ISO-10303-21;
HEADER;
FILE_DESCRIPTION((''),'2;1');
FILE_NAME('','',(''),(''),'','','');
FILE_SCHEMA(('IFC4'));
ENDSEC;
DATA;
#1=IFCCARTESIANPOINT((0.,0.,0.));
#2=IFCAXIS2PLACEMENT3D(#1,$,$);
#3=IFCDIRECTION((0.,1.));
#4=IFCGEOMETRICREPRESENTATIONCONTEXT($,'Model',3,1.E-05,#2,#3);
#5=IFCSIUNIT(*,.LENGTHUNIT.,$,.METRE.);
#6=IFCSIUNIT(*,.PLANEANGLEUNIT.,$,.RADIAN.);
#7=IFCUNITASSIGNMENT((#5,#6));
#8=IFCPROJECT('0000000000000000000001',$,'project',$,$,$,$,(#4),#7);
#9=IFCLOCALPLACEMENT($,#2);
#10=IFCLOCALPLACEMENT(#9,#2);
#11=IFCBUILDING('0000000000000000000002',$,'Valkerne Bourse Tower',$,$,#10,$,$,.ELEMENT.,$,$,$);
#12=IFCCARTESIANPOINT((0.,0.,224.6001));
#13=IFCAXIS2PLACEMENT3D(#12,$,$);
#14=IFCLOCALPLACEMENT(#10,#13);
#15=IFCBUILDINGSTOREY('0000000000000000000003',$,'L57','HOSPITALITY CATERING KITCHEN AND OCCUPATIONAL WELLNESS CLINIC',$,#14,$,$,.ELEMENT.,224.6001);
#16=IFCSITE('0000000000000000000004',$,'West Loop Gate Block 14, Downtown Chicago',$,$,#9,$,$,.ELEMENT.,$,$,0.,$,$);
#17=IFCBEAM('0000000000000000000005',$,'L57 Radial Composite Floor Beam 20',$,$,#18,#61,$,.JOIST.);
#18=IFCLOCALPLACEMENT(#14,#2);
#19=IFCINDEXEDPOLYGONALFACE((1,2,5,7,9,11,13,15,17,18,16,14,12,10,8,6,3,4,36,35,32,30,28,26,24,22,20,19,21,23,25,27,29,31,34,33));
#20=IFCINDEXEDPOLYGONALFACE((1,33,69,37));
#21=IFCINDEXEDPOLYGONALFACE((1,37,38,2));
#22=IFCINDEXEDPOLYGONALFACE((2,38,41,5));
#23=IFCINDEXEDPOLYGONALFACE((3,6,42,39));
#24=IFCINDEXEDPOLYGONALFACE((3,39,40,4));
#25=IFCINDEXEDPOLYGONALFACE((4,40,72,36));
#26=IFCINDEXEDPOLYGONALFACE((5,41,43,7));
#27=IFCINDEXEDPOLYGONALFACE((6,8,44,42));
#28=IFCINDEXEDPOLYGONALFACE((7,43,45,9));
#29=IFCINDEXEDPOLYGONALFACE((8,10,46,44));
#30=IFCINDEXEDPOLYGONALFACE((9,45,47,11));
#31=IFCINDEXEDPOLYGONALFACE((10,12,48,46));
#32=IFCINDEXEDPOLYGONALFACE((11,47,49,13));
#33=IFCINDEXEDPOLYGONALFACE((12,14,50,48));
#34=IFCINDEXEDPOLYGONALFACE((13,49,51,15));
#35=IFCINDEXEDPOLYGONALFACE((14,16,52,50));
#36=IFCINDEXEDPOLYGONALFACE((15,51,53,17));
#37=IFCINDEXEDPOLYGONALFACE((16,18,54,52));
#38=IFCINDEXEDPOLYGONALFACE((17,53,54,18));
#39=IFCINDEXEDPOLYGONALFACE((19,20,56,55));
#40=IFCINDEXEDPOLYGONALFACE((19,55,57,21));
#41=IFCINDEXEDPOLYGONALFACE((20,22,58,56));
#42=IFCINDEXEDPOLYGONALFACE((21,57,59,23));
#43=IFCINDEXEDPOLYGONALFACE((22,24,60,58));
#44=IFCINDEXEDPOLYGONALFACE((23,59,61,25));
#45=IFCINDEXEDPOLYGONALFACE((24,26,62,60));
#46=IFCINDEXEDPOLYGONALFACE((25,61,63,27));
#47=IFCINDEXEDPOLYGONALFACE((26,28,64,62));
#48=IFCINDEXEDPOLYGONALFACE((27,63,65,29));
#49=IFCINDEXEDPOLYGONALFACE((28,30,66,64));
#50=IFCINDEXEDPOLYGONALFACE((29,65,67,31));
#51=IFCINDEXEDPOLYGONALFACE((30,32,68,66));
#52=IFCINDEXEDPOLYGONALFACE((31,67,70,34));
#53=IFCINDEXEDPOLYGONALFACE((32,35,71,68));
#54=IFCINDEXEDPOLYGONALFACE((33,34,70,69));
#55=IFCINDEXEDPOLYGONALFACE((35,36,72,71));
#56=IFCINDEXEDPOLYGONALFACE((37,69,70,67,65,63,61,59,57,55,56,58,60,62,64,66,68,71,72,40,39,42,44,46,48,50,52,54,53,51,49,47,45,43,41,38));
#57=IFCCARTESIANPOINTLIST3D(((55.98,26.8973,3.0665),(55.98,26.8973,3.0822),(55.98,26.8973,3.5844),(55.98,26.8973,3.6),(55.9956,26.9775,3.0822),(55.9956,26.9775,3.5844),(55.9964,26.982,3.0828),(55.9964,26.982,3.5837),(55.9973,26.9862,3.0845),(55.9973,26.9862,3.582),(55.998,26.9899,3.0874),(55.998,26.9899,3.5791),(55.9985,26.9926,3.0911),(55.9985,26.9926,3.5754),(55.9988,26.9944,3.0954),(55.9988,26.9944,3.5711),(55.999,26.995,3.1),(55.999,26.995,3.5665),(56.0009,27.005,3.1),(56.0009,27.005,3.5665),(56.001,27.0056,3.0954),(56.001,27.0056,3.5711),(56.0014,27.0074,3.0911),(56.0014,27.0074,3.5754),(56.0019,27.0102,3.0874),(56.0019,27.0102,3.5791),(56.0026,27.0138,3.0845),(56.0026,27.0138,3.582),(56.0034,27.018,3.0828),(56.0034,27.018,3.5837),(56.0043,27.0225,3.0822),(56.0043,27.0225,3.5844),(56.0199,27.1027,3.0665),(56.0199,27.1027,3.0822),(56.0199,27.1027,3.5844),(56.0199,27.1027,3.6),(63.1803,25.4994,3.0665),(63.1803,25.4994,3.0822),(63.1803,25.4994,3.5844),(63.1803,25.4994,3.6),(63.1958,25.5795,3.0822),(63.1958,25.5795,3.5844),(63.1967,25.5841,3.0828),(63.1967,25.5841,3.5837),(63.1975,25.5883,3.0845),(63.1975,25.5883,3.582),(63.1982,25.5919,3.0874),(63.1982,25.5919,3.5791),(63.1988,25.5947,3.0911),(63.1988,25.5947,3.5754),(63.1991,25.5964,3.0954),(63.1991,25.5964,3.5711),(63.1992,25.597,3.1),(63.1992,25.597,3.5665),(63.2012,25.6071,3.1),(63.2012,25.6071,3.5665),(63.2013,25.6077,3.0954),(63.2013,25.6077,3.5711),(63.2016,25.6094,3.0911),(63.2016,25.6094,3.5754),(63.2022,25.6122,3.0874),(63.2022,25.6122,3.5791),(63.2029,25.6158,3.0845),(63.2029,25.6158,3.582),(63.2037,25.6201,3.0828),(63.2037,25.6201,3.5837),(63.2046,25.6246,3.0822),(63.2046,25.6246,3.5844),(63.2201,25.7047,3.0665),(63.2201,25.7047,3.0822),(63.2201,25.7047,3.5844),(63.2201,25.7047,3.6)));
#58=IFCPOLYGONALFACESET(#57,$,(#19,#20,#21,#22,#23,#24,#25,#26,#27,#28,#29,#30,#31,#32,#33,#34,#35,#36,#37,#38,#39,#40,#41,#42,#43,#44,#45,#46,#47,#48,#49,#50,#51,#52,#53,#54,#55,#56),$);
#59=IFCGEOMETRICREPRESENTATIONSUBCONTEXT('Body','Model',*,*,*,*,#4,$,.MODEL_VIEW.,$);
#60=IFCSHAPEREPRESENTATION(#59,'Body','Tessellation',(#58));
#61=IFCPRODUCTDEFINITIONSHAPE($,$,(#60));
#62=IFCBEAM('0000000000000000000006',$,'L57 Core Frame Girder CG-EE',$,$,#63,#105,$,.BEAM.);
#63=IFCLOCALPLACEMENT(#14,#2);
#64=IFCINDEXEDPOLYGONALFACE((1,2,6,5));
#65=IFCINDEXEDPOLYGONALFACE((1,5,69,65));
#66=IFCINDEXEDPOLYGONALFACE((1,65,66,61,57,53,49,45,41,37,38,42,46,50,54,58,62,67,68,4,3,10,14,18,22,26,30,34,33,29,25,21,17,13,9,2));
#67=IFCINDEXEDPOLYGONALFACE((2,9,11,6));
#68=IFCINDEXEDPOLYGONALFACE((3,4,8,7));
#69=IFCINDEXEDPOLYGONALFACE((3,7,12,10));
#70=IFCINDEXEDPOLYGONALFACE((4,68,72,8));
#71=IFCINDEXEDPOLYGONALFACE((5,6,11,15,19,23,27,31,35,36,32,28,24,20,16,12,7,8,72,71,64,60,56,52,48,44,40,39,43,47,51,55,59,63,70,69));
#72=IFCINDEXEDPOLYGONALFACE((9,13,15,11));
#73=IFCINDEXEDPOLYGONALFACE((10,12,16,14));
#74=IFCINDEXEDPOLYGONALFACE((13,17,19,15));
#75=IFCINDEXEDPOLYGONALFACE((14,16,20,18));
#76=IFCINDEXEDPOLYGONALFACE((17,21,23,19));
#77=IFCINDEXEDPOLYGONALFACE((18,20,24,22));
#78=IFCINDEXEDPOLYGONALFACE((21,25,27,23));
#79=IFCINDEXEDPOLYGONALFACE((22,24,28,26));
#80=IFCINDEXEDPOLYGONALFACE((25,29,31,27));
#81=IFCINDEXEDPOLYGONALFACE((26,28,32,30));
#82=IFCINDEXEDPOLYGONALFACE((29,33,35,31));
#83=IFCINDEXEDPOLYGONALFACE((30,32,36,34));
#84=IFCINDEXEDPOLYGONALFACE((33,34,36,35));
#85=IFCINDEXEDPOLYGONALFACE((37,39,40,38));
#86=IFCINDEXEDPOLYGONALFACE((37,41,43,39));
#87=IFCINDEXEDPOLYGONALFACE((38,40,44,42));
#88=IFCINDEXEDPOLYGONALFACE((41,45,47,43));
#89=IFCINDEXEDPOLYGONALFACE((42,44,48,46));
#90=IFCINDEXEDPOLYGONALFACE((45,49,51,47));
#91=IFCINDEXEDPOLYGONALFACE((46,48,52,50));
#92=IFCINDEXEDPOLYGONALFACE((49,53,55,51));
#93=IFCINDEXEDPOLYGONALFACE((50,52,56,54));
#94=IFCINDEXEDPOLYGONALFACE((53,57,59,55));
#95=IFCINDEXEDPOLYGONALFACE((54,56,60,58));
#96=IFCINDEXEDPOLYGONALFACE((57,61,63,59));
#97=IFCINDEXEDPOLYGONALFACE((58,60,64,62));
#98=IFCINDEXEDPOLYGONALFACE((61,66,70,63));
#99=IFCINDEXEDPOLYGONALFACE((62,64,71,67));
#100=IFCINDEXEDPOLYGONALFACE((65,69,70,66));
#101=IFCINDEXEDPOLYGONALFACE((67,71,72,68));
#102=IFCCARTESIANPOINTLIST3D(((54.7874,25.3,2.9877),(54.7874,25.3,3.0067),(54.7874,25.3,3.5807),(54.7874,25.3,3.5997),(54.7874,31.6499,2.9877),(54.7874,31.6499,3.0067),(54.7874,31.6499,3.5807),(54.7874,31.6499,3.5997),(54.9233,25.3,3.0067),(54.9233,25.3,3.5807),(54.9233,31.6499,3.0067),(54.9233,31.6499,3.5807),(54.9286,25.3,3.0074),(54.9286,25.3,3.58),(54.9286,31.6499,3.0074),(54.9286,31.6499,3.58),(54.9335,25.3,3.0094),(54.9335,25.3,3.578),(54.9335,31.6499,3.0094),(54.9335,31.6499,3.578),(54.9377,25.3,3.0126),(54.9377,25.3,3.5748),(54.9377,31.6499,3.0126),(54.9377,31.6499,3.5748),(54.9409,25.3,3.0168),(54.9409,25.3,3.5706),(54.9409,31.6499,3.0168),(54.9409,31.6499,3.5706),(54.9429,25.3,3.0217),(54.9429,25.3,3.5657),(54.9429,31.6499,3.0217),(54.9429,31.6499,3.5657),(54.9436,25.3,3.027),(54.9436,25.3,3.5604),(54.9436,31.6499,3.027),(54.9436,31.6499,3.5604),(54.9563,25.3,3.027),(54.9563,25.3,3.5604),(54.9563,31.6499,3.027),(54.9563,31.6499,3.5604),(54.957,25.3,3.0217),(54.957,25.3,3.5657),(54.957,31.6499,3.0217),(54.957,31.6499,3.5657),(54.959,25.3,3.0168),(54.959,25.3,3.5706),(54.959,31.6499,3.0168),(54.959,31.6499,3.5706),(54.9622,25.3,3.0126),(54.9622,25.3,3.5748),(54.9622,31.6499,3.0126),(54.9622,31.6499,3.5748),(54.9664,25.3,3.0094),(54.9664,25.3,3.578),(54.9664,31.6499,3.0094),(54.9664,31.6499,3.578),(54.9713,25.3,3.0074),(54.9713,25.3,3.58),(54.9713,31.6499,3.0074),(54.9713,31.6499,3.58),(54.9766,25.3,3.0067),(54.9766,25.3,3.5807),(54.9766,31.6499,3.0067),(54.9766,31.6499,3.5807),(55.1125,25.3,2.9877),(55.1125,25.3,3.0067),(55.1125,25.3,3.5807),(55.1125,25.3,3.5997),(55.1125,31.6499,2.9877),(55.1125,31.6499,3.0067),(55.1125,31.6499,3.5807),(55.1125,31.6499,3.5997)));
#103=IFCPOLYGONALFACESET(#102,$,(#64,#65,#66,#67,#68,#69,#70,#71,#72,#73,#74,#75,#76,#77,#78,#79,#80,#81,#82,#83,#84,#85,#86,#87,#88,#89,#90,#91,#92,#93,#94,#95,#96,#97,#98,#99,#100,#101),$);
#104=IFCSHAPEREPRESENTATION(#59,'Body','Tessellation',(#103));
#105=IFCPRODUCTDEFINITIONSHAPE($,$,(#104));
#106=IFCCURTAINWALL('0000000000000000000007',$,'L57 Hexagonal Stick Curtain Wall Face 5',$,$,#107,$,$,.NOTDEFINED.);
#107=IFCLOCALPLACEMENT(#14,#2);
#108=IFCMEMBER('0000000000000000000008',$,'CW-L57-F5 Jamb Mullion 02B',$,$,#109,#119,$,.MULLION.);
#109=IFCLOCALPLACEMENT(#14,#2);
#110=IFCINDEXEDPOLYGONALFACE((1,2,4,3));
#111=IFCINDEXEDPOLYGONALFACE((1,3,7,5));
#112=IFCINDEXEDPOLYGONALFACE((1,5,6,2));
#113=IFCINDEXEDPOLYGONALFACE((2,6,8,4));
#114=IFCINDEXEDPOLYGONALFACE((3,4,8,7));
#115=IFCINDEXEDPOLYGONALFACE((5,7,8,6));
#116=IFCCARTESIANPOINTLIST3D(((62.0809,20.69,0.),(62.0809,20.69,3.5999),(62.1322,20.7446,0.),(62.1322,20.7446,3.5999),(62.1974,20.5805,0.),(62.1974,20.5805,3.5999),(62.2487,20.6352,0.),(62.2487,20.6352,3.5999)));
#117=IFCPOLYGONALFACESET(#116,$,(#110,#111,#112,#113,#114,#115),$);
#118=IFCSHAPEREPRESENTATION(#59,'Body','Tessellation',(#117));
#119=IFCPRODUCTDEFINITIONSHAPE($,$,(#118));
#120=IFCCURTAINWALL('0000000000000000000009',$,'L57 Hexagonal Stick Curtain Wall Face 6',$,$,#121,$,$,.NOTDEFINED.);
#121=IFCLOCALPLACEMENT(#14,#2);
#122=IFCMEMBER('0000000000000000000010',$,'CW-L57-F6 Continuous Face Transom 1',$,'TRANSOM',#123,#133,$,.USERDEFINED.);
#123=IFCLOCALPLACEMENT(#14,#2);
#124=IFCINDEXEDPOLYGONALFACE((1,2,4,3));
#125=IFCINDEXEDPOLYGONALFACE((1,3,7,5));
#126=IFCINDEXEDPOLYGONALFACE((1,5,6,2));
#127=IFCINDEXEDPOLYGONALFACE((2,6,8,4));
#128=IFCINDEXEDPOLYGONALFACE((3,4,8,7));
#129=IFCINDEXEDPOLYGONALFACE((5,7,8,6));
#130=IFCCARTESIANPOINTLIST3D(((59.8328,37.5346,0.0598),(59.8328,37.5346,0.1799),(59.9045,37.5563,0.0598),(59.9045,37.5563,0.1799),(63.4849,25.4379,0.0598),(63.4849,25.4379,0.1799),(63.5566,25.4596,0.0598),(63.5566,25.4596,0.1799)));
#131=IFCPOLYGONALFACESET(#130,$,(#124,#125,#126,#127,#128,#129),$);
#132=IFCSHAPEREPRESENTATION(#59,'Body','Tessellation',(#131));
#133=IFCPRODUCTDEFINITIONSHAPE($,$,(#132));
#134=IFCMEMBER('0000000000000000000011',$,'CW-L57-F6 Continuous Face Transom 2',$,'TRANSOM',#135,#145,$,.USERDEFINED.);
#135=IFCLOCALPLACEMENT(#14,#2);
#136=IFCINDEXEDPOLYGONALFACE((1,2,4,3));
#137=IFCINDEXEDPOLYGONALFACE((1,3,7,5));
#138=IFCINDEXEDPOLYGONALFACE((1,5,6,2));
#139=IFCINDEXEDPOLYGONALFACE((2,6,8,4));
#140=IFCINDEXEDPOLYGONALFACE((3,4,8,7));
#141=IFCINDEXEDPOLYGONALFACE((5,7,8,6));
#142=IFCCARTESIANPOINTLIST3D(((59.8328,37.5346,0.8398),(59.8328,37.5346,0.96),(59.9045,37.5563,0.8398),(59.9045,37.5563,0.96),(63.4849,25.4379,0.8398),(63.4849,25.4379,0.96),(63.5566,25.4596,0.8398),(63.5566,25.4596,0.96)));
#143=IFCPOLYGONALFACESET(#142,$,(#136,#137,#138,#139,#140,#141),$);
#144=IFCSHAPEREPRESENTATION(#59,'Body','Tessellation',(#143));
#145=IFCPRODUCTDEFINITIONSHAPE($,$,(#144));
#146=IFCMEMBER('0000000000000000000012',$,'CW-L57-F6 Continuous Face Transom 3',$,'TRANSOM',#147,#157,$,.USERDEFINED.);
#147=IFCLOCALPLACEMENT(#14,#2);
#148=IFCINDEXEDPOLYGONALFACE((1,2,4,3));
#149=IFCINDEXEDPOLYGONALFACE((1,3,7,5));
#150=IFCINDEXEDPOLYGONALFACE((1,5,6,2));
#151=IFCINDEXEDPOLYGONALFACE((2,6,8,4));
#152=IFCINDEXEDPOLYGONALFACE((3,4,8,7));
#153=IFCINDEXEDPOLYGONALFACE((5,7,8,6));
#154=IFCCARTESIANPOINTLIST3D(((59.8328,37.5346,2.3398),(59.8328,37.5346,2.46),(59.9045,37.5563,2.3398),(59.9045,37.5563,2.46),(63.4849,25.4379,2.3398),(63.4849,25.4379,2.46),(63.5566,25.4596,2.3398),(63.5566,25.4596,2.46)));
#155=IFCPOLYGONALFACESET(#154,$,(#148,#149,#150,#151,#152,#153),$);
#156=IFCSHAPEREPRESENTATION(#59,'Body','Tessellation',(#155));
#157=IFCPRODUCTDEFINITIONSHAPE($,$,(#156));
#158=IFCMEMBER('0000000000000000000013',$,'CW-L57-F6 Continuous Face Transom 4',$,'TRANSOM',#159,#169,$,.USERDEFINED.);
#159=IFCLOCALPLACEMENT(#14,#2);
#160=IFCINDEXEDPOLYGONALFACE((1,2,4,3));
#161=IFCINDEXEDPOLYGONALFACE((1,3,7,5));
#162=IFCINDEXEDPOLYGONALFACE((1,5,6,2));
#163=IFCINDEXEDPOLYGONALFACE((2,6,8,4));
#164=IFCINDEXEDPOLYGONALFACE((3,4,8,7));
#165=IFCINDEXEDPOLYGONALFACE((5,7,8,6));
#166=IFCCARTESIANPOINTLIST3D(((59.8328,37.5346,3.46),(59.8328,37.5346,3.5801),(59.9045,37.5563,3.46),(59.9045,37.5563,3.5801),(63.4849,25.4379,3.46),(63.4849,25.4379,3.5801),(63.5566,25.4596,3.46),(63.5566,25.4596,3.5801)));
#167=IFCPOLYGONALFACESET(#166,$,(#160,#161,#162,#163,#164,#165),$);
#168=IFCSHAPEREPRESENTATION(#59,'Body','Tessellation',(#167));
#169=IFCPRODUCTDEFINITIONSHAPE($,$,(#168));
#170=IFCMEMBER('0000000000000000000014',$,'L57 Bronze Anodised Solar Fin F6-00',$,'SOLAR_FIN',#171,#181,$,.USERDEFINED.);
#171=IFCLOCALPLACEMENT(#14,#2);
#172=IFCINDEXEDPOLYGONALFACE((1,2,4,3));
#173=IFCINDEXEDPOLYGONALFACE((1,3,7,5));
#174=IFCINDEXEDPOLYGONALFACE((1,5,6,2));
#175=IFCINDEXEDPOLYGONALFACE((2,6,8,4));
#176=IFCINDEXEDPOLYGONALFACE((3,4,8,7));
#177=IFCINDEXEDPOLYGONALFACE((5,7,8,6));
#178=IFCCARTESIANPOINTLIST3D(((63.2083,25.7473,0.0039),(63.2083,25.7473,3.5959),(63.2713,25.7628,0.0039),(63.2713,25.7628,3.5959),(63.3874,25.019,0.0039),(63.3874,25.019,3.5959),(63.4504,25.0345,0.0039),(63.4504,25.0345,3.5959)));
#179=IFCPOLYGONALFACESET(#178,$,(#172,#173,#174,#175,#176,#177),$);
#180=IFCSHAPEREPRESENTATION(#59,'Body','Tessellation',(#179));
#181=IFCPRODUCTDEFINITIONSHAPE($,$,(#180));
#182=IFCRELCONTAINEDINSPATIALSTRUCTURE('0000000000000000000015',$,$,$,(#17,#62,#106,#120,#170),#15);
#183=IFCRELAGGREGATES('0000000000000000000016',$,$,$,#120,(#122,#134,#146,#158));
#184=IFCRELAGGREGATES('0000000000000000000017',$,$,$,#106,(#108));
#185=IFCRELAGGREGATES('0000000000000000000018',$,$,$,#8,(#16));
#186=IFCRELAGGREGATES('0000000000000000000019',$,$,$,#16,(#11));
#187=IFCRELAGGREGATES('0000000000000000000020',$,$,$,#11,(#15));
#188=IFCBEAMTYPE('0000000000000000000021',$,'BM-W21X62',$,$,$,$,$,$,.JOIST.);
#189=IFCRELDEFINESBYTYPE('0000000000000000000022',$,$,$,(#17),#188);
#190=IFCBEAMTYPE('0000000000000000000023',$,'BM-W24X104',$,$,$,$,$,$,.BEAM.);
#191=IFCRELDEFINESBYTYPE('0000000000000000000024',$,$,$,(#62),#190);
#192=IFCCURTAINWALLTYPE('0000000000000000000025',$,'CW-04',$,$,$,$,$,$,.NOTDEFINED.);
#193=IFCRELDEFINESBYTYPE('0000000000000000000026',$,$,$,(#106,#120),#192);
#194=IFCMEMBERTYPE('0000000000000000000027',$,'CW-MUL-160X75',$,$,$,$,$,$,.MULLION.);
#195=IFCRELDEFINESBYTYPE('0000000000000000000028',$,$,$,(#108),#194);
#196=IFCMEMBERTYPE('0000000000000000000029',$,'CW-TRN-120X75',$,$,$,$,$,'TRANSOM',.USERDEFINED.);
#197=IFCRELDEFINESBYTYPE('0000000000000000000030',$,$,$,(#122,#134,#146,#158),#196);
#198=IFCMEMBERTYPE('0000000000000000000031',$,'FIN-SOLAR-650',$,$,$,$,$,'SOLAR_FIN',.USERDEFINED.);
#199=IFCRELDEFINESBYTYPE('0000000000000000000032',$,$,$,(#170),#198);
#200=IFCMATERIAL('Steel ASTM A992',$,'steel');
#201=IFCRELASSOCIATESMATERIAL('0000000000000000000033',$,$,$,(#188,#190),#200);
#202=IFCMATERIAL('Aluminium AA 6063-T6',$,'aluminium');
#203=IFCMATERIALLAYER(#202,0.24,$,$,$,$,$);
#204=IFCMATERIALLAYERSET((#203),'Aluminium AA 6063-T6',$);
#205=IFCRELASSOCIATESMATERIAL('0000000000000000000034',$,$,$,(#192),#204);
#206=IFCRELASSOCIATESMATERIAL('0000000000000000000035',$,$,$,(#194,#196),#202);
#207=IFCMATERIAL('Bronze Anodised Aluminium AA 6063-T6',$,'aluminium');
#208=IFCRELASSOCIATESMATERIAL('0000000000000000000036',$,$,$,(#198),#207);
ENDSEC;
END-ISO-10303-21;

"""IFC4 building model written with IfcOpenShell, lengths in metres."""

from ifc_helpers import new_model, si_unit, direction, frame, origin, origin_2d, place, context, subcontext, project, spatial, rectangle, i_section, extrude, material, layer, layer_set, material_profile, profile_set, type_object, element, aggregate, save


model = new_model("IFC4")

# Units and contexts
model_context = context("Model", 3, precision=1e-05, world=origin(), true_north=direction((0.0, 1.0)))
body_context = subcontext(model_context, "Body", "Model", "MODEL_VIEW")
ifc_project = project(units=[si_unit("LENGTHUNIT", "METRE"), si_unit("PLANEANGLEUNIT", "RADIAN")], contexts=[model_context])

# Site, building, storey
site_placement = place(None, origin())
site = spatial("IfcSite", under=ifc_project, at=site_placement, Name="West Loop Gate Block 14, Downtown Chicago", CompositionType="ELEMENT", RefElevation=0.0)
building_placement = place(site_placement, origin())
building = spatial("IfcBuilding", under=site, at=building_placement, Name="Valkerne Bourse Tower", CompositionType="ELEMENT")
storey_placement = place(building_placement, frame((0.0, 0.0, 224.6001)))
storey = spatial("IfcBuildingStorey", under=building, at=storey_placement, Name="L57", Description="HOSPITALITY CATERING KITCHEN AND OCCUPATIONAL WELLNESS CLINIC", CompositionType="ELEMENT", Elevation=224.6001)

# Beams
ifc_material_1 = material(Name="Steel ASTM A992", Category="steel")
ifc_material_profile_1 = material_profile(ifc_material_1, i_section(OverallWidth=0.2092, OverallDepth=0.5334, WebThickness=0.0103, FlangeThickness=0.0156, FilletRadius=0.0178, at=origin_2d()), Name="W21X62")
ifc_profile_set_1 = profile_set([ifc_material_profile_1], Name="Steel ASTM A992")
beam_type_1 = type_object("IfcBeamType", Name="BM-W21X62", PredefinedType="JOIST", material=ifc_profile_set_1)
beam_1_placement = place(storey_placement, frame((63.2002, 25.6021, 3.3333), z_axis=(-0.981669, 0.190595, 0.0), x_axis=(-0.190595, -0.981669, 0.0)))
element("IfcBeam", 1, at=beam_1_placement, inside=storey, type_object=beam_type_1, Name="L57 Radial Composite Floor Beam 20", PredefinedType="JOIST", context=body_context, shape_type="SweptSolid", body=[
    extrude(i_section(OverallWidth=0.2092, OverallDepth=0.5334, WebThickness=0.0103, FlangeThickness=0.0156, FilletRadius=0.0178, at=origin_2d()), origin(), (0.0, 0.0, 1.0), 7.3347),
])
ifc_material_profile_2 = material_profile(ifc_material_1, i_section(OverallWidth=0.3252, OverallDepth=0.6121, WebThickness=0.0127, FlangeThickness=0.019, FilletRadius=0.0203, at=origin_2d()), Name="W24X104")
ifc_profile_set_2 = profile_set([ifc_material_profile_2], Name="Steel ASTM A992")
beam_type_2 = type_object("IfcBeamType", Name="BM-W24X104", PredefinedType="BEAM", material=ifc_profile_set_2)
beam_2_placement = place(storey_placement, frame((54.95, 25.3, 3.2937), z_axis=(0.0, 1.0, 0.0), x_axis=(-1.0, 0.0, 0.0)))
element("IfcBeam", 2, at=beam_2_placement, inside=storey, type_object=beam_type_2, Name="L57 Core Frame Girder CG-EE", PredefinedType="BEAM", context=body_context, shape_type="SweptSolid", body=[
    extrude(i_section(OverallWidth=0.3252, OverallDepth=0.6121, WebThickness=0.0127, FlangeThickness=0.019, FilletRadius=0.0203, at=origin_2d()), origin(), (0.0, 0.0, 1.0), 6.3499),
])

# Curtain wall, member
ifc_material_2 = material(Name="Aluminium AA 6063-T6", Category="aluminium")
ifc_layer_1 = layer(ifc_material_2, 0.24)
ifc_layer_set_1 = layer_set([ifc_layer_1], Name="Aluminium AA 6063-T6")
curtain_wall_type = type_object("IfcCurtainWallType", Name="CW-04", PredefinedType="NOTDEFINED", material=ifc_layer_set_1)
curtain_wall_1_placement = place(storey_placement, origin())
curtain_wall_1 = element("IfcCurtainWall", 3, at=curtain_wall_1_placement, inside=storey, type_object=curtain_wall_type, Name="L57 Hexagonal Stick Curtain Wall Face 5", PredefinedType="NOTDEFINED")
ifc_material_profile_3 = material_profile(ifc_material_2, rectangle(XDim=0.075, YDim=0.1599, at=origin_2d()), Name="CWM-75X160")
ifc_profile_set_3 = profile_set([ifc_material_profile_3], Name="Aluminium AA 6063-T6")
member_type_1 = type_object("IfcMemberType", Name="CW-MUL-160X75", PredefinedType="MULLION", material=ifc_profile_set_3)
member_1_placement = place(storey_placement, frame((62.1648, 20.6626, 0.0), z_axis=(0.0, 0.0, 1.0), x_axis=(0.684547, 0.728968, 0.0)))
member_1 = element("IfcMember", 4, at=member_1_placement, type_object=member_type_1, Name="CW-L57-F5 Jamb Mullion 02B", PredefinedType="MULLION", context=body_context, shape_type="SweptSolid", body=[
    extrude(rectangle(XDim=0.075, YDim=0.1599, at=origin_2d()), origin(), (0.0, 0.0, 1.0), 3.5999),
])

# Curtain wall, members
curtain_wall_2_placement = place(storey_placement, origin())
curtain_wall_2 = element("IfcCurtainWall", 5, at=curtain_wall_2_placement, inside=storey, type_object=curtain_wall_type, Name="L57 Hexagonal Stick Curtain Wall Face 6", PredefinedType="NOTDEFINED")
ifc_material_profile_4 = material_profile(ifc_material_2, rectangle(XDim=0.075, YDim=0.1201, at=origin_2d()), Name="CWT-75X120")
ifc_profile_set_4 = profile_set([ifc_material_profile_4], Name="Aluminium AA 6063-T6")
member_type_2 = type_object("IfcMemberType", Name="CW-TRN-120X75", ElementType="TRANSOM", PredefinedType="USERDEFINED", material=ifc_profile_set_4)
member_2_placement = place(storey_placement, frame((63.5208, 25.4487, 0.1199), z_axis=(-0.289024, 0.957322, 0.0), x_axis=(-0.957322, -0.289024, 0.0)))
member_2 = element("IfcMember", 6, at=member_2_placement, type_object=member_type_2, Name="CW-L57-F6 Continuous Face Transom 1", ObjectType="TRANSOM", PredefinedType="USERDEFINED", context=body_context, shape_type="SweptSolid", body=[
    extrude(rectangle(XDim=0.075, YDim=0.1201, at=origin_2d()), origin(), (0.0, 0.0, 1.0), 12.636),
])
member_3_placement = place(storey_placement, frame((63.5208, 25.4487, 0.8999), z_axis=(-0.289024, 0.957322, 0.0), x_axis=(-0.957322, -0.289024, 0.0)))
member_3 = element("IfcMember", 7, at=member_3_placement, type_object=member_type_2, Name="CW-L57-F6 Continuous Face Transom 2", ObjectType="TRANSOM", PredefinedType="USERDEFINED", context=body_context, shape_type="SweptSolid", body=[
    extrude(rectangle(XDim=0.075, YDim=0.1201, at=origin_2d()), origin(), (0.0, 0.0, 1.0), 12.636),
])
member_4_placement = place(storey_placement, frame((63.5208, 25.4487, 2.3999), z_axis=(-0.289024, 0.957322, 0.0), x_axis=(-0.957322, -0.289024, 0.0)))
member_4 = element("IfcMember", 8, at=member_4_placement, type_object=member_type_2, Name="CW-L57-F6 Continuous Face Transom 3", ObjectType="TRANSOM", PredefinedType="USERDEFINED", context=body_context, shape_type="SweptSolid", body=[
    extrude(rectangle(XDim=0.075, YDim=0.1201, at=origin_2d()), origin(), (0.0, 0.0, 1.0), 12.636),
])
member_5_placement = place(storey_placement, frame((63.5208, 25.4487, 3.52), z_axis=(-0.289024, 0.957322, 0.0), x_axis=(-0.957322, -0.289024, 0.0)))
member_5 = element("IfcMember", 9, at=member_5_placement, type_object=member_type_2, Name="CW-L57-F6 Continuous Face Transom 4", ObjectType="TRANSOM", PredefinedType="USERDEFINED", context=body_context, shape_type="SweptSolid", body=[
    extrude(rectangle(XDim=0.075, YDim=0.1201, at=origin_2d()), origin(), (0.0, 0.0, 1.0), 12.636),
])
aggregate(curtain_wall_2, [member_2, member_3, member_4, member_5])

# Member
ifc_material_3 = material(Name="Bronze Anodised Aluminium AA 6063-T6", Category="aluminium")
ifc_material_profile_5 = material_profile(ifc_material_3, rectangle(XDim=0.0649, YDim=0.75, at=origin_2d()), Name="FIN-65X750")
ifc_profile_set_5 = profile_set([ifc_material_profile_5], Name="Bronze Anodised Aluminium AA 6063-T6")
member_type_3 = type_object("IfcMemberType", Name="FIN-SOLAR-650", ElementType="SOLAR_FIN", PredefinedType="USERDEFINED", material=ifc_profile_set_5)
member_6_placement = place(storey_placement, frame((63.3293, 25.3909, 0.0039), z_axis=(0.0, 0.0, 1.0), x_axis=(0.971061, 0.238833, 0.0)))
element("IfcMember", 10, at=member_6_placement, inside=storey, type_object=member_type_3, Name="L57 Bronze Anodised Solar Fin F6-00", ObjectType="SOLAR_FIN", PredefinedType="USERDEFINED", context=body_context, shape_type="SweptSolid", body=[
    extrude(rectangle(XDim=0.0649, YDim=0.75, at=origin_2d()), origin(), (0.0, 0.0, 1.0), 3.592),
])

aggregate(curtain_wall_1, [member_1])

save(model, "model.ifc")
